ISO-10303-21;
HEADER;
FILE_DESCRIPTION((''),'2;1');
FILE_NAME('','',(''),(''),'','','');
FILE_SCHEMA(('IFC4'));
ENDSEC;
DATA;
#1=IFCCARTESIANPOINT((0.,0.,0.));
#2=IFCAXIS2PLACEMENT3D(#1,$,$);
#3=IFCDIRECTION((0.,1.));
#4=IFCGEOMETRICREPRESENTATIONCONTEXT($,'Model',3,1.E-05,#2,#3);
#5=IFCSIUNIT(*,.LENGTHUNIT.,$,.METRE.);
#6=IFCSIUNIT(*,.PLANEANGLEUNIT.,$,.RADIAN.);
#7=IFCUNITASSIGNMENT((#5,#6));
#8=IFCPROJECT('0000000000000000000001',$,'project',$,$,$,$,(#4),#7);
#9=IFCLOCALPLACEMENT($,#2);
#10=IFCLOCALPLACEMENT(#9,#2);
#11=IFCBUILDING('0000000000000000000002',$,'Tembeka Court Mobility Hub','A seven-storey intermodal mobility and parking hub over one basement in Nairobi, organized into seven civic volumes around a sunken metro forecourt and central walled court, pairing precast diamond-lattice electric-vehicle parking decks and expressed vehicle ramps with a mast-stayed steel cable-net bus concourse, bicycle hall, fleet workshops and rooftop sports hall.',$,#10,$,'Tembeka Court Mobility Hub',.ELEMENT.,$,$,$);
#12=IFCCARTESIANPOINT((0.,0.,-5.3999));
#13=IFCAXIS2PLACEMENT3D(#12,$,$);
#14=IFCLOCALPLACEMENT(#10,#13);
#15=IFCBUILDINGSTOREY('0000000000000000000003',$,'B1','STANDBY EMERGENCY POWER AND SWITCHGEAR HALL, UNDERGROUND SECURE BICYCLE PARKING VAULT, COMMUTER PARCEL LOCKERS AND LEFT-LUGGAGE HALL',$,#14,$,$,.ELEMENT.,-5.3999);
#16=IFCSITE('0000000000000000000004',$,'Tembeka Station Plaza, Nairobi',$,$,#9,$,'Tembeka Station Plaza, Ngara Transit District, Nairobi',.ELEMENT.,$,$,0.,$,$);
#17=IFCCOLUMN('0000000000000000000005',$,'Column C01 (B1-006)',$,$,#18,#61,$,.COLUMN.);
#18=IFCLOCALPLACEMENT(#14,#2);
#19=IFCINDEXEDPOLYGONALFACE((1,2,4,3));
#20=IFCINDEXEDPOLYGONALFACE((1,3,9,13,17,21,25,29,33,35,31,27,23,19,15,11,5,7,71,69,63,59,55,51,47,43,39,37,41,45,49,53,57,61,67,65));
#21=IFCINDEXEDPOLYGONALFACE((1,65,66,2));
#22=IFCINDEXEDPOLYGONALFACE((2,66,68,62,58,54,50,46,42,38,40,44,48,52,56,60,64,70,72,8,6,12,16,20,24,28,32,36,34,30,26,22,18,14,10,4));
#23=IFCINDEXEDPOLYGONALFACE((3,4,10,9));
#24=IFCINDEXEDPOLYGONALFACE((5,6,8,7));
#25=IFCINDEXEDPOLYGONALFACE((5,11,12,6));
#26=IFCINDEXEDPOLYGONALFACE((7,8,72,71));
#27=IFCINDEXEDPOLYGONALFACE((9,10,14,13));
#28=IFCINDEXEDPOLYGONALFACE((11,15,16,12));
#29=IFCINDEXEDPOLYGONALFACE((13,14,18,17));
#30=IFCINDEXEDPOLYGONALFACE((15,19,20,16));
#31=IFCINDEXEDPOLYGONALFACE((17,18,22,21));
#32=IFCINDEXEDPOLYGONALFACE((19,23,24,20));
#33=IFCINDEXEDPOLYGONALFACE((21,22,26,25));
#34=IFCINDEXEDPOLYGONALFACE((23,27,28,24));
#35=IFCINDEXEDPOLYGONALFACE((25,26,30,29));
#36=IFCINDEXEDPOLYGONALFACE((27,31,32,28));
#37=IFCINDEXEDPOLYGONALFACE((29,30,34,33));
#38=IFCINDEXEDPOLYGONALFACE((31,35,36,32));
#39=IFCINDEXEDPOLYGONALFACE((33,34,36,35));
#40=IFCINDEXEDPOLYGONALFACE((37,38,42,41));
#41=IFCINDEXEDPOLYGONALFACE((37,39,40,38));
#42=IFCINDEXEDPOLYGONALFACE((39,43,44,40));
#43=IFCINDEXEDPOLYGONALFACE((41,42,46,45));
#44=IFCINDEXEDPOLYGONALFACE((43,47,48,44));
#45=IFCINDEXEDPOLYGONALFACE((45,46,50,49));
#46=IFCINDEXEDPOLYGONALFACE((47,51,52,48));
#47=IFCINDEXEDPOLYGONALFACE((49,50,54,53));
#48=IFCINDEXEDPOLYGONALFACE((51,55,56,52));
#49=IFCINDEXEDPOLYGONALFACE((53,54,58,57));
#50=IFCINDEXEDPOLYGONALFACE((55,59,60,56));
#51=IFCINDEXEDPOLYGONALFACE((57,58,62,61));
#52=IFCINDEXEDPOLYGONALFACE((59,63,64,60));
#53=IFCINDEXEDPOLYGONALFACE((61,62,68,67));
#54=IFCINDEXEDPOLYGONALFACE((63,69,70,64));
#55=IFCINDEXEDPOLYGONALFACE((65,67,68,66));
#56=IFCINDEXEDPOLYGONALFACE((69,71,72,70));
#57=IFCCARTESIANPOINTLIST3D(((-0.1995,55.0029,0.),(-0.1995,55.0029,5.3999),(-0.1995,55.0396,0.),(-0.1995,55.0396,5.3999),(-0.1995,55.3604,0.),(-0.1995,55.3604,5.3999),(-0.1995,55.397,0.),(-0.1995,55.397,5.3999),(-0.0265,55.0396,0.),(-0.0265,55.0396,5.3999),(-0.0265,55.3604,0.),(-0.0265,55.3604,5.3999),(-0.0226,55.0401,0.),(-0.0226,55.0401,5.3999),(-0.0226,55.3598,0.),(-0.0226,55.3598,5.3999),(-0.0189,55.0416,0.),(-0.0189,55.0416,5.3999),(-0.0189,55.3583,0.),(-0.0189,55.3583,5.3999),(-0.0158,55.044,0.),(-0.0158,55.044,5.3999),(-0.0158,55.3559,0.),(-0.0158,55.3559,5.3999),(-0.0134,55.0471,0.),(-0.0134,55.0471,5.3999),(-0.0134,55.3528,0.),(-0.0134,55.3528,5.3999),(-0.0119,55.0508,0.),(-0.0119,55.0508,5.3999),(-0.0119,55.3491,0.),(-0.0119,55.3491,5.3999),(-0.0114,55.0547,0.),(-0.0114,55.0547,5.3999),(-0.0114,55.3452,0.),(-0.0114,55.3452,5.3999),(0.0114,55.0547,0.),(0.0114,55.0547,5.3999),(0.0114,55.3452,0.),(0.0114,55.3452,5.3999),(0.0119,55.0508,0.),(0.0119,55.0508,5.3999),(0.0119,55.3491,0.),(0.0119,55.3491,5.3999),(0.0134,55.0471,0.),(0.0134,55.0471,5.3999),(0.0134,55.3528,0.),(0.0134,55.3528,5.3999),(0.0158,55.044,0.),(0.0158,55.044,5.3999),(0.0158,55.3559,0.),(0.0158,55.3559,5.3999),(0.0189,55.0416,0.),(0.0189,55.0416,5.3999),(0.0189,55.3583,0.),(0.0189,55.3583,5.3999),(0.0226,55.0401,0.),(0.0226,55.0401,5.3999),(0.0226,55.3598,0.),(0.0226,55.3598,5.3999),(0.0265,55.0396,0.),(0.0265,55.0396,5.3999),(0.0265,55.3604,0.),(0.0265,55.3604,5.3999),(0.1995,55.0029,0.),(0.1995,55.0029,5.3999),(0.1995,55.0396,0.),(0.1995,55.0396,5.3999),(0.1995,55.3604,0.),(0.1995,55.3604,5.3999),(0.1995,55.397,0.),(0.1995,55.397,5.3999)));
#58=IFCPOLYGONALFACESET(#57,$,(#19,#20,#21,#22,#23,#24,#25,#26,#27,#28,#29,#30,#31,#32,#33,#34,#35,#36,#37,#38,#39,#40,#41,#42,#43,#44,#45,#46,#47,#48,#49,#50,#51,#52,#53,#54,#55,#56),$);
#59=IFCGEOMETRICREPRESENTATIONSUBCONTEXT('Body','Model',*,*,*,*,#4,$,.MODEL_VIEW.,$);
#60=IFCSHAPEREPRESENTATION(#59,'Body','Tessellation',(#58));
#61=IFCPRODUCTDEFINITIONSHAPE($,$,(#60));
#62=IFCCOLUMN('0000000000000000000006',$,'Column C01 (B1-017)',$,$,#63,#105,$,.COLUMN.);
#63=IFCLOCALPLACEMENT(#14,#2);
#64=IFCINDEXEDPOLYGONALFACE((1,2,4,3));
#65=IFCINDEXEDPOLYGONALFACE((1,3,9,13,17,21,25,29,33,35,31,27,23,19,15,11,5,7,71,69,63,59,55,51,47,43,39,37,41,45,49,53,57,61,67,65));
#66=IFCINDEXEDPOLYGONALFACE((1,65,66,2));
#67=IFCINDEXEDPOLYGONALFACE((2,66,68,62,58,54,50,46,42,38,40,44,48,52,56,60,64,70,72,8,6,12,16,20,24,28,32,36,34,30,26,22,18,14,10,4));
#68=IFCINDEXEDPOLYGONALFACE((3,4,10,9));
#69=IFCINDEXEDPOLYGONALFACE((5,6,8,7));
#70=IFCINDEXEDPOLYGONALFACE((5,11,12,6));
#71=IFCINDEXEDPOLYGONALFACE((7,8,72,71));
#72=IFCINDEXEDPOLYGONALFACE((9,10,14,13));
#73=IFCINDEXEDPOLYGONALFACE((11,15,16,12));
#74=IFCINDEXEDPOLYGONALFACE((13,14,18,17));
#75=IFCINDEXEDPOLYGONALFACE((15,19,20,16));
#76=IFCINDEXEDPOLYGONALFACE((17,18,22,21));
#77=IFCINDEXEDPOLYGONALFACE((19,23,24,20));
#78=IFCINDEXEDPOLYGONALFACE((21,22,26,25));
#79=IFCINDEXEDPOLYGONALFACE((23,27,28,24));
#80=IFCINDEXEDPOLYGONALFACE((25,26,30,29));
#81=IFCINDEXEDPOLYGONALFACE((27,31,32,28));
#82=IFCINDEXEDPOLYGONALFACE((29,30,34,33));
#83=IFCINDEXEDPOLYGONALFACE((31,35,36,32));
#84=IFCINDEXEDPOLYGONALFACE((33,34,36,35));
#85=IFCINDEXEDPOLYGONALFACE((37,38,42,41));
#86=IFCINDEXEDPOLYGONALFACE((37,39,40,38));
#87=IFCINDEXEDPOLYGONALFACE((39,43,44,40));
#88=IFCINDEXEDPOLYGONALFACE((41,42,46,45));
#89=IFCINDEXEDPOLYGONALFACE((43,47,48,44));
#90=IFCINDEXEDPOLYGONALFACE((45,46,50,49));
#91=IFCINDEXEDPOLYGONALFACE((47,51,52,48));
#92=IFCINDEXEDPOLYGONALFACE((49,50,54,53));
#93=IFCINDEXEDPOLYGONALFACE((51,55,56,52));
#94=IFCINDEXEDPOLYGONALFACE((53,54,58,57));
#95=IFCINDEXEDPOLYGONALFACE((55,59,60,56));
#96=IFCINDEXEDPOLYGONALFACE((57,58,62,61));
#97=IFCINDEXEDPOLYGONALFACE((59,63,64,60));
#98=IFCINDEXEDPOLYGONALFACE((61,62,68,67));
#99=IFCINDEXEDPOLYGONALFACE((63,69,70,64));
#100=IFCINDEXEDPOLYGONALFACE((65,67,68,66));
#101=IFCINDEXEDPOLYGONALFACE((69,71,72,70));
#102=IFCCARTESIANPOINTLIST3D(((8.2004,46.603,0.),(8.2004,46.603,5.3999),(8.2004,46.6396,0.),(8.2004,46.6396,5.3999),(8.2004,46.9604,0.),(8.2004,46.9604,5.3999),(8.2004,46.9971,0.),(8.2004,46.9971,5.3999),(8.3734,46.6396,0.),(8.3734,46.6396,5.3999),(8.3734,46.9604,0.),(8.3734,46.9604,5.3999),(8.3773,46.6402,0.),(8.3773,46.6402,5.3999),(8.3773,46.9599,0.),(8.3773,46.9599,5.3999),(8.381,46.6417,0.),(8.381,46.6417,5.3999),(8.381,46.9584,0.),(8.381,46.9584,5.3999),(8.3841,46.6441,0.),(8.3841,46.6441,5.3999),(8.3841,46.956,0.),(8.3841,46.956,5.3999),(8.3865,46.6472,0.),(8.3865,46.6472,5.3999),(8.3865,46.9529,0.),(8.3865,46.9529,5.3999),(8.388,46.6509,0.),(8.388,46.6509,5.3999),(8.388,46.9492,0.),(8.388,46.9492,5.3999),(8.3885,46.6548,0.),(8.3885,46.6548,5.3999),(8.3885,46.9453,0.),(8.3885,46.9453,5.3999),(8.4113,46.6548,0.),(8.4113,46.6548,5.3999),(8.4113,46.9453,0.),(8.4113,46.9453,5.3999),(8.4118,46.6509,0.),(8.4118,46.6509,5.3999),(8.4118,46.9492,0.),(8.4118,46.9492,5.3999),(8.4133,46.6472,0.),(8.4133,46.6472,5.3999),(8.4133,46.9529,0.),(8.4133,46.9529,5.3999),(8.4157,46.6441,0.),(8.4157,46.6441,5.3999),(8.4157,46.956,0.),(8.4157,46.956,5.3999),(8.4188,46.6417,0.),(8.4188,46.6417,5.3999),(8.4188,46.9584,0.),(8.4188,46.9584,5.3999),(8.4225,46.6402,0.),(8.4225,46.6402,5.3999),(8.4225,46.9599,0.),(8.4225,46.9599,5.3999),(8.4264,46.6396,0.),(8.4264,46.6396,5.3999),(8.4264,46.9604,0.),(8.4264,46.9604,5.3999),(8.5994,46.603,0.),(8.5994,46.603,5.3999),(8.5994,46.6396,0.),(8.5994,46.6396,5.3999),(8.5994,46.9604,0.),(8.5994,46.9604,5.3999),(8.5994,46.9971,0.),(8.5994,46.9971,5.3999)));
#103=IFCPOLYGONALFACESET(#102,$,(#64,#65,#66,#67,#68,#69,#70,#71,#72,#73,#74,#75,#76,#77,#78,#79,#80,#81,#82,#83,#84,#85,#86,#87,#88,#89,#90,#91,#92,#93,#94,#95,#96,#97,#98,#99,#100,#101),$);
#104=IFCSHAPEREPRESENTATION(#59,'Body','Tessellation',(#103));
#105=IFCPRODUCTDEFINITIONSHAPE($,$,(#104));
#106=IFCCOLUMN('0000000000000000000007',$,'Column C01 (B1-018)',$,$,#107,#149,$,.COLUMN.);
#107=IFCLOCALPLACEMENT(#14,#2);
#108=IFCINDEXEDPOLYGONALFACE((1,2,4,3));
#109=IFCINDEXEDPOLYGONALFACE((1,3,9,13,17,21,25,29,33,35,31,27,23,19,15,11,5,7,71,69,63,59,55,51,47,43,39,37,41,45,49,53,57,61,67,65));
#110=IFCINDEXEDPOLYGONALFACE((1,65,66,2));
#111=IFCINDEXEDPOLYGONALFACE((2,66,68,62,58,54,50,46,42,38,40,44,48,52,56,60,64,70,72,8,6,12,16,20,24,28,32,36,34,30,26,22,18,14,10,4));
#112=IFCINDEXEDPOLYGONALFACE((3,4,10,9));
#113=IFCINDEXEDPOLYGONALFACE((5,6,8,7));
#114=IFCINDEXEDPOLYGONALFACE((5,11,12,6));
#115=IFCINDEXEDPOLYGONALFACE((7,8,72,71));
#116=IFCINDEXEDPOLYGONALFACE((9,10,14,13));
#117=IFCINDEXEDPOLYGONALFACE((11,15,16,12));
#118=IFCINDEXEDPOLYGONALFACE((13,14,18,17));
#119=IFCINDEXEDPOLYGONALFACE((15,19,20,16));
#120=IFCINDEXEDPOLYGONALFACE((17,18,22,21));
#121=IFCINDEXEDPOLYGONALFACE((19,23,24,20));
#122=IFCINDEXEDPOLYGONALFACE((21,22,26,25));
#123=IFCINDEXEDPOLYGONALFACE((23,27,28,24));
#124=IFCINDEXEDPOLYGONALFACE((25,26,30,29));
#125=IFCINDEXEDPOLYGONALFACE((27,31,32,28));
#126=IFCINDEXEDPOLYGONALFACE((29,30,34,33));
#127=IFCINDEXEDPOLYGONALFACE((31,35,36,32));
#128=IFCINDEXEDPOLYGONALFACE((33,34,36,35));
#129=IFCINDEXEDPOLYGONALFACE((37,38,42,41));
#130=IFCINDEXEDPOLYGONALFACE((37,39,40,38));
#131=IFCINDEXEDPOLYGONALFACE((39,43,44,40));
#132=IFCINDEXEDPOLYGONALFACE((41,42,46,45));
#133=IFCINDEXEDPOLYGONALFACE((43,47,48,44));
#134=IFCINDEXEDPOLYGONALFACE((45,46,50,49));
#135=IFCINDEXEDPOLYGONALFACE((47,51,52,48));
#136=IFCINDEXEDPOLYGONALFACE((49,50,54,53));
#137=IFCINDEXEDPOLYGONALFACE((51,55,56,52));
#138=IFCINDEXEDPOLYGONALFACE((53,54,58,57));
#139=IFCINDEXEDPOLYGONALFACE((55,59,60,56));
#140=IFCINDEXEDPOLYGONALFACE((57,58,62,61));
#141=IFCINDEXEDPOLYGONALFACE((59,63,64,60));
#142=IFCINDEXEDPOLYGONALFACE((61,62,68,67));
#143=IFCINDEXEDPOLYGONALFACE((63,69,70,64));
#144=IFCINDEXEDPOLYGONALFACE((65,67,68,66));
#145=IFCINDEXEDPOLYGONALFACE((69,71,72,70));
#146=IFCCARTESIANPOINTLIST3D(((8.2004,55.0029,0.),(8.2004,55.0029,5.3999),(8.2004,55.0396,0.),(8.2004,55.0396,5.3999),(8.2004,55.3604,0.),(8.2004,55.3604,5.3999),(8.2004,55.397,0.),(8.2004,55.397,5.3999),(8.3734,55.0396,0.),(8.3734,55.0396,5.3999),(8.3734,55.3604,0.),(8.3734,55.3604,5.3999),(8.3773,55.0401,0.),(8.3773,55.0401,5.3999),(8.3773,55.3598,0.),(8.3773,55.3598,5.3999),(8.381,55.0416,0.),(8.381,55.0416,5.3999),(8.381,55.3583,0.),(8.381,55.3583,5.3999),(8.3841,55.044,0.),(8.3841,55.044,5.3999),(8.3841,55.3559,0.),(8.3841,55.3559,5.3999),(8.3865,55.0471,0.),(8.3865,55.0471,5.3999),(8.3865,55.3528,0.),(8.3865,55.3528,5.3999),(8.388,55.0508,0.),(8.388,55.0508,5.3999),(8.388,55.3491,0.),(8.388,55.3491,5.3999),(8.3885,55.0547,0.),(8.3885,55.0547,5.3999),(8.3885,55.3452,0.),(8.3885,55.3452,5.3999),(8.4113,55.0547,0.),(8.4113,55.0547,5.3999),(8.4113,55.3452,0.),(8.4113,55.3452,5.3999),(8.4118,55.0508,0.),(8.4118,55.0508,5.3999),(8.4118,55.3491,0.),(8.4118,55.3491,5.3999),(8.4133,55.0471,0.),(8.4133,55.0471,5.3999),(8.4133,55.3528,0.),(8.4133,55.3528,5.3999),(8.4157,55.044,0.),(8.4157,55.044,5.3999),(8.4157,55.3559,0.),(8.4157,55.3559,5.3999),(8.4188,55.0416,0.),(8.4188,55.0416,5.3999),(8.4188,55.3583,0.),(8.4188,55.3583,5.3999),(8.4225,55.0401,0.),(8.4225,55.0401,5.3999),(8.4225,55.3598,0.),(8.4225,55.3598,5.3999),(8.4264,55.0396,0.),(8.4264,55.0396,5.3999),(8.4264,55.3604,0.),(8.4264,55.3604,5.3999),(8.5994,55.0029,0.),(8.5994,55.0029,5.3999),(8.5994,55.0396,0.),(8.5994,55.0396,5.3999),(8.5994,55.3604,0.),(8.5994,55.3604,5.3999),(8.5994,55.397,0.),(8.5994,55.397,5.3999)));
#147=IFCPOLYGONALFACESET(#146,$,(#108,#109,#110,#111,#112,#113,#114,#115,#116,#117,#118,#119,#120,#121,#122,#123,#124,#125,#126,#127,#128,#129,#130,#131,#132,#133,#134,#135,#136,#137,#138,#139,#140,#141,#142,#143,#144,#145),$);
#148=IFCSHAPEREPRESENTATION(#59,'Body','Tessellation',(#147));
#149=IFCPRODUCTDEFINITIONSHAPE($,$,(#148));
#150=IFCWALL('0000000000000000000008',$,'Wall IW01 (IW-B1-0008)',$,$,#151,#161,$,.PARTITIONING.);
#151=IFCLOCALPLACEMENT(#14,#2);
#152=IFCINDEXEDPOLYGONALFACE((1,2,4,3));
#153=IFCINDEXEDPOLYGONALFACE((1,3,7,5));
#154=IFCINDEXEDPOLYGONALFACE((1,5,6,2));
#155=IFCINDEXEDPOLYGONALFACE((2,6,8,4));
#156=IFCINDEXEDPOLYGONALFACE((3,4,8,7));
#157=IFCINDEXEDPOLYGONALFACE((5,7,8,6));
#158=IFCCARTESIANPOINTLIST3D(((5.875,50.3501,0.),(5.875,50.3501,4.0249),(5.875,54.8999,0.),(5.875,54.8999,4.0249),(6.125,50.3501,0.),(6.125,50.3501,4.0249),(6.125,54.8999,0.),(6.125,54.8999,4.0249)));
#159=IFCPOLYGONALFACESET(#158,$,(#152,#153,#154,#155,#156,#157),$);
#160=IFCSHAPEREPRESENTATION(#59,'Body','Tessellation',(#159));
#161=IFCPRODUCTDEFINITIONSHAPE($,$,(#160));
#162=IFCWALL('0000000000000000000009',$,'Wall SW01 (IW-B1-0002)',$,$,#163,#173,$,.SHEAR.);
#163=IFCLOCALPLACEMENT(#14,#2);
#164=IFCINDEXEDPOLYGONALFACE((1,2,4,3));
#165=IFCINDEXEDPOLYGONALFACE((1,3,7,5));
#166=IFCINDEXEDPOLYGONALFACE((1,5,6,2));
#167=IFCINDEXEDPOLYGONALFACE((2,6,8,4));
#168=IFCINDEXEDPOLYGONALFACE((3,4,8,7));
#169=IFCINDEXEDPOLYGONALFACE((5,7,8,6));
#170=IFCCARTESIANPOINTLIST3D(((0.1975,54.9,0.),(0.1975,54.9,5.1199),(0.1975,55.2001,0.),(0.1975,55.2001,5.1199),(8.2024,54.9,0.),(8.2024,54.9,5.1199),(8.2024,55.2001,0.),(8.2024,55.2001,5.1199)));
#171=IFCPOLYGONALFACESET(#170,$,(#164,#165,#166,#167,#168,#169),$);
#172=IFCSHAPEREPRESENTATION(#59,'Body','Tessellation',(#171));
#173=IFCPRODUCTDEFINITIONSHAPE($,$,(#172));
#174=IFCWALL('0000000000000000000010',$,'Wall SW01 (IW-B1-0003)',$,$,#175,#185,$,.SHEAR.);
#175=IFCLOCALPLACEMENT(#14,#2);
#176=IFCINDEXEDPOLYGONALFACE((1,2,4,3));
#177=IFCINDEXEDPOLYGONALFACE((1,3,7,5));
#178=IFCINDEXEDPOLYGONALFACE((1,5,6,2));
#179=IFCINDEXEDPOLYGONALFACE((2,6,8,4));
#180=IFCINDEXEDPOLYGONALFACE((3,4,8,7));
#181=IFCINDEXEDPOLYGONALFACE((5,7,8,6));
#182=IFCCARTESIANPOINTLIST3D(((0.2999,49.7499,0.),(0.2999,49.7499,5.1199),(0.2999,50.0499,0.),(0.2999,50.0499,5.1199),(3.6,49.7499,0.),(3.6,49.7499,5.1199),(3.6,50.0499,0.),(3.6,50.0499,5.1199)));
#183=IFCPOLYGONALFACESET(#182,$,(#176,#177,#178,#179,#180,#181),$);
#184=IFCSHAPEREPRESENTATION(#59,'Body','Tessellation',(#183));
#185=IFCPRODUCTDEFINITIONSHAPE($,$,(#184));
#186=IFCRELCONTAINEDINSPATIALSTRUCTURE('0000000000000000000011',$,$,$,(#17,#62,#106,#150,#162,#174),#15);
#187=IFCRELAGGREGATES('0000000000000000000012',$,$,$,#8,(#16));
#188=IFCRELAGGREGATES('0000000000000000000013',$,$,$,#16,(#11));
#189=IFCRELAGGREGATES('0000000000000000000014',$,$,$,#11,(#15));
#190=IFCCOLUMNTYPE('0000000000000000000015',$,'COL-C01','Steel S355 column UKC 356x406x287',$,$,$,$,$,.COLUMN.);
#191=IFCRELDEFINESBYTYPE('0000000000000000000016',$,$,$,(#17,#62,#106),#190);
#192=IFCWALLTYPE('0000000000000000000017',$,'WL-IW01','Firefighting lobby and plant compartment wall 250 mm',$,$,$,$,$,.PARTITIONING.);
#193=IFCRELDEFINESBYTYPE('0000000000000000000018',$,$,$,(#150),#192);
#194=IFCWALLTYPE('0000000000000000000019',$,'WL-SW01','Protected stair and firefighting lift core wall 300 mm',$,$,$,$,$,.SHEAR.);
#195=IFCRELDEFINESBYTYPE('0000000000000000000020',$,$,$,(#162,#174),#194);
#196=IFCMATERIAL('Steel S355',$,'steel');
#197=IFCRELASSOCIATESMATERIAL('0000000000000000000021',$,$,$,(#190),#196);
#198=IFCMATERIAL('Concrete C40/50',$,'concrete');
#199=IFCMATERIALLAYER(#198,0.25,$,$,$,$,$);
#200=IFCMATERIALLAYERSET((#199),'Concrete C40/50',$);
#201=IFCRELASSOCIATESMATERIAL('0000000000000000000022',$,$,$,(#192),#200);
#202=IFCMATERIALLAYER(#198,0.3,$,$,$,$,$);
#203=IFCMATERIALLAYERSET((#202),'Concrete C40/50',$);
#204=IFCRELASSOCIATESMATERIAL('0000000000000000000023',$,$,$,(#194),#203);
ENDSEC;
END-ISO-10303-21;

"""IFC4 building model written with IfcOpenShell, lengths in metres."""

from ifc_helpers import new_model, si_unit, direction, frame, frame_2d, origin, origin_2d, place, context, subcontext, project, spatial, rectangle, i_section, extrude, material, layer, layer_set, material_profile, profile_set, type_object, element, save


model = new_model("IFC4")

# Units and contexts
model_context = context("Model", 3, precision=1e-05, world=origin(), true_north=direction((0.0, 1.0)))
body_context = subcontext(model_context, "Body", "Model", "MODEL_VIEW")
ifc_project = project(units=[si_unit("LENGTHUNIT", "METRE"), si_unit("PLANEANGLEUNIT", "RADIAN")], contexts=[model_context])

# Site, building, storey
site_placement = place(None, origin())
site = spatial("IfcSite", under=ifc_project, at=site_placement, Name="Tembeka Station Plaza, Nairobi", LongName="Tembeka Station Plaza, Ngara Transit District, Nairobi", CompositionType="ELEMENT", RefElevation=0.0)
building_placement = place(site_placement, origin())
building = spatial("IfcBuilding", under=site, at=building_placement, Name="Tembeka Court Mobility Hub", Description="A seven-storey intermodal mobility and parking hub over one basement in Nairobi, organized into seven civic volumes around a sunken metro forecourt and central walled court, pairing precast diamond-lattice electric-vehicle parking decks and expressed vehicle ramps with a mast-stayed steel cable-net bus concourse, bicycle hall, fleet workshops and rooftop sports hall.", LongName="Tembeka Court Mobility Hub", CompositionType="ELEMENT")
storey_placement = place(building_placement, frame((0.0, 0.0, -5.3999)))
storey = spatial("IfcBuildingStorey", under=building, at=storey_placement, Name="B1", Description="STANDBY EMERGENCY POWER AND SWITCHGEAR HALL, UNDERGROUND SECURE BICYCLE PARKING VAULT, COMMUTER PARCEL LOCKERS AND LEFT-LUGGAGE HALL", CompositionType="ELEMENT", Elevation=-5.3999)

# Shared definitions
ifc_material_1 = material(Name="Concrete C40/50", Category="concrete")

# Columns
ifc_material_2 = material(Name="Steel S355", Category="steel")
ifc_material_profile_1 = material_profile(ifc_material_2, i_section(OverallWidth=0.3989, OverallDepth=0.394, WebThickness=0.0227, FlangeThickness=0.0366, FilletRadius=0.0151, at=origin_2d()), Name="UKC 356x406x287")
ifc_profile_set_1 = profile_set([ifc_material_profile_1], Name="Steel S355")
column_type = type_object("IfcColumnType", Name="COL-C01", Description="Steel S355 column UKC 356x406x287", PredefinedType="COLUMN", material=ifc_profile_set_1)
for number, where, z_axis, x_axis, name in (
    (1, (0.0, 55.2, 0.0), (0.0, 0.0, 1.0), (1.0, 0.0, 0.0), "Column C01 (B1-006)"),
    (2, (8.3999, 46.8, 0.0), (0.0, 0.0, 1.0), (1.0, 0.0, 0.0), "Column C01 (B1-017)"),
    (3, (8.3999, 55.2, 0.0), (0.0, 0.0, 1.0), (1.0, 0.0, 0.0), "Column C01 (B1-018)"),
):
    element("IfcColumn", number, at=place(storey_placement, frame(where, z_axis=z_axis, x_axis=x_axis)), inside=storey, type_object=column_type, Name=name, PredefinedType="COLUMN", context=body_context, shape_type="SweptSolid", body=[
        extrude(i_section(OverallWidth=0.3989, OverallDepth=0.394, WebThickness=0.0227, FlangeThickness=0.0366, FilletRadius=0.0151, at=origin_2d()), origin(), (0.0, 0.0, 1.0), 5.3999),
    ])

# Walls
ifc_layer_1 = layer(ifc_material_1, 0.25)
ifc_layer_set_1 = layer_set([ifc_layer_1], Name="Concrete C40/50")
wall_type_1 = type_object("IfcWallType", Name="WL-IW01", Description="Firefighting lobby and plant compartment wall 250 mm", PredefinedType="PARTITIONING", material=ifc_layer_set_1)
wall_1_placement = place(storey_placement, frame((6.0, 50.3501, 0.0), z_axis=(0.0, 0.0, 1.0), x_axis=(0.0, 1.0, 0.0)))
element("IfcWall", 4, at=wall_1_placement, inside=storey, type_object=wall_type_1, Name="Wall IW01 (IW-B1-0008)", PredefinedType="PARTITIONING", context=body_context, shape_type="SweptSolid", body=[
    extrude(rectangle(XDim=4.5498, YDim=0.25, at=frame_2d((2.2749, 0.0))), origin(), (0.0, 0.0, 1.0), 4.0249),
])
ifc_layer_2 = layer(ifc_material_1, 0.3)
ifc_layer_set_2 = layer_set([ifc_layer_2], Name="Concrete C40/50")
wall_type_2 = type_object("IfcWallType", Name="WL-SW01", Description="Protected stair and firefighting lift core wall 300 mm", PredefinedType="SHEAR", material=ifc_layer_set_2)
wall_2_placement = place(storey_placement, frame((0.1975, 55.05, 0.0), z_axis=(0.0, 0.0, 1.0), x_axis=(1.0, 0.0, 0.0)))
element("IfcWall", 5, at=wall_2_placement, inside=storey, type_object=wall_type_2, Name="Wall SW01 (IW-B1-0002)", PredefinedType="SHEAR", context=body_context, shape_type="SweptSolid", body=[
    extrude(rectangle(XDim=8.0049, YDim=0.3, at=frame_2d((4.0024, 0.0))), origin(), (0.0, 0.0, 1.0), 5.1199),
])
wall_3_placement = place(storey_placement, frame((0.3, 49.8999, 0.0), z_axis=(0.0, 0.0, 1.0), x_axis=(1.0, 0.0, 0.0)))
element("IfcWall", 6, at=wall_3_placement, inside=storey, type_object=wall_type_2, Name="Wall SW01 (IW-B1-0003)", PredefinedType="SHEAR", context=body_context, shape_type="SweptSolid", body=[
    extrude(rectangle(XDim=3.3, YDim=0.3, at=frame_2d((1.6499, 0.0))), origin(), (0.0, 0.0, 1.0), 5.1199),
])

save(model, "model.ifc")
